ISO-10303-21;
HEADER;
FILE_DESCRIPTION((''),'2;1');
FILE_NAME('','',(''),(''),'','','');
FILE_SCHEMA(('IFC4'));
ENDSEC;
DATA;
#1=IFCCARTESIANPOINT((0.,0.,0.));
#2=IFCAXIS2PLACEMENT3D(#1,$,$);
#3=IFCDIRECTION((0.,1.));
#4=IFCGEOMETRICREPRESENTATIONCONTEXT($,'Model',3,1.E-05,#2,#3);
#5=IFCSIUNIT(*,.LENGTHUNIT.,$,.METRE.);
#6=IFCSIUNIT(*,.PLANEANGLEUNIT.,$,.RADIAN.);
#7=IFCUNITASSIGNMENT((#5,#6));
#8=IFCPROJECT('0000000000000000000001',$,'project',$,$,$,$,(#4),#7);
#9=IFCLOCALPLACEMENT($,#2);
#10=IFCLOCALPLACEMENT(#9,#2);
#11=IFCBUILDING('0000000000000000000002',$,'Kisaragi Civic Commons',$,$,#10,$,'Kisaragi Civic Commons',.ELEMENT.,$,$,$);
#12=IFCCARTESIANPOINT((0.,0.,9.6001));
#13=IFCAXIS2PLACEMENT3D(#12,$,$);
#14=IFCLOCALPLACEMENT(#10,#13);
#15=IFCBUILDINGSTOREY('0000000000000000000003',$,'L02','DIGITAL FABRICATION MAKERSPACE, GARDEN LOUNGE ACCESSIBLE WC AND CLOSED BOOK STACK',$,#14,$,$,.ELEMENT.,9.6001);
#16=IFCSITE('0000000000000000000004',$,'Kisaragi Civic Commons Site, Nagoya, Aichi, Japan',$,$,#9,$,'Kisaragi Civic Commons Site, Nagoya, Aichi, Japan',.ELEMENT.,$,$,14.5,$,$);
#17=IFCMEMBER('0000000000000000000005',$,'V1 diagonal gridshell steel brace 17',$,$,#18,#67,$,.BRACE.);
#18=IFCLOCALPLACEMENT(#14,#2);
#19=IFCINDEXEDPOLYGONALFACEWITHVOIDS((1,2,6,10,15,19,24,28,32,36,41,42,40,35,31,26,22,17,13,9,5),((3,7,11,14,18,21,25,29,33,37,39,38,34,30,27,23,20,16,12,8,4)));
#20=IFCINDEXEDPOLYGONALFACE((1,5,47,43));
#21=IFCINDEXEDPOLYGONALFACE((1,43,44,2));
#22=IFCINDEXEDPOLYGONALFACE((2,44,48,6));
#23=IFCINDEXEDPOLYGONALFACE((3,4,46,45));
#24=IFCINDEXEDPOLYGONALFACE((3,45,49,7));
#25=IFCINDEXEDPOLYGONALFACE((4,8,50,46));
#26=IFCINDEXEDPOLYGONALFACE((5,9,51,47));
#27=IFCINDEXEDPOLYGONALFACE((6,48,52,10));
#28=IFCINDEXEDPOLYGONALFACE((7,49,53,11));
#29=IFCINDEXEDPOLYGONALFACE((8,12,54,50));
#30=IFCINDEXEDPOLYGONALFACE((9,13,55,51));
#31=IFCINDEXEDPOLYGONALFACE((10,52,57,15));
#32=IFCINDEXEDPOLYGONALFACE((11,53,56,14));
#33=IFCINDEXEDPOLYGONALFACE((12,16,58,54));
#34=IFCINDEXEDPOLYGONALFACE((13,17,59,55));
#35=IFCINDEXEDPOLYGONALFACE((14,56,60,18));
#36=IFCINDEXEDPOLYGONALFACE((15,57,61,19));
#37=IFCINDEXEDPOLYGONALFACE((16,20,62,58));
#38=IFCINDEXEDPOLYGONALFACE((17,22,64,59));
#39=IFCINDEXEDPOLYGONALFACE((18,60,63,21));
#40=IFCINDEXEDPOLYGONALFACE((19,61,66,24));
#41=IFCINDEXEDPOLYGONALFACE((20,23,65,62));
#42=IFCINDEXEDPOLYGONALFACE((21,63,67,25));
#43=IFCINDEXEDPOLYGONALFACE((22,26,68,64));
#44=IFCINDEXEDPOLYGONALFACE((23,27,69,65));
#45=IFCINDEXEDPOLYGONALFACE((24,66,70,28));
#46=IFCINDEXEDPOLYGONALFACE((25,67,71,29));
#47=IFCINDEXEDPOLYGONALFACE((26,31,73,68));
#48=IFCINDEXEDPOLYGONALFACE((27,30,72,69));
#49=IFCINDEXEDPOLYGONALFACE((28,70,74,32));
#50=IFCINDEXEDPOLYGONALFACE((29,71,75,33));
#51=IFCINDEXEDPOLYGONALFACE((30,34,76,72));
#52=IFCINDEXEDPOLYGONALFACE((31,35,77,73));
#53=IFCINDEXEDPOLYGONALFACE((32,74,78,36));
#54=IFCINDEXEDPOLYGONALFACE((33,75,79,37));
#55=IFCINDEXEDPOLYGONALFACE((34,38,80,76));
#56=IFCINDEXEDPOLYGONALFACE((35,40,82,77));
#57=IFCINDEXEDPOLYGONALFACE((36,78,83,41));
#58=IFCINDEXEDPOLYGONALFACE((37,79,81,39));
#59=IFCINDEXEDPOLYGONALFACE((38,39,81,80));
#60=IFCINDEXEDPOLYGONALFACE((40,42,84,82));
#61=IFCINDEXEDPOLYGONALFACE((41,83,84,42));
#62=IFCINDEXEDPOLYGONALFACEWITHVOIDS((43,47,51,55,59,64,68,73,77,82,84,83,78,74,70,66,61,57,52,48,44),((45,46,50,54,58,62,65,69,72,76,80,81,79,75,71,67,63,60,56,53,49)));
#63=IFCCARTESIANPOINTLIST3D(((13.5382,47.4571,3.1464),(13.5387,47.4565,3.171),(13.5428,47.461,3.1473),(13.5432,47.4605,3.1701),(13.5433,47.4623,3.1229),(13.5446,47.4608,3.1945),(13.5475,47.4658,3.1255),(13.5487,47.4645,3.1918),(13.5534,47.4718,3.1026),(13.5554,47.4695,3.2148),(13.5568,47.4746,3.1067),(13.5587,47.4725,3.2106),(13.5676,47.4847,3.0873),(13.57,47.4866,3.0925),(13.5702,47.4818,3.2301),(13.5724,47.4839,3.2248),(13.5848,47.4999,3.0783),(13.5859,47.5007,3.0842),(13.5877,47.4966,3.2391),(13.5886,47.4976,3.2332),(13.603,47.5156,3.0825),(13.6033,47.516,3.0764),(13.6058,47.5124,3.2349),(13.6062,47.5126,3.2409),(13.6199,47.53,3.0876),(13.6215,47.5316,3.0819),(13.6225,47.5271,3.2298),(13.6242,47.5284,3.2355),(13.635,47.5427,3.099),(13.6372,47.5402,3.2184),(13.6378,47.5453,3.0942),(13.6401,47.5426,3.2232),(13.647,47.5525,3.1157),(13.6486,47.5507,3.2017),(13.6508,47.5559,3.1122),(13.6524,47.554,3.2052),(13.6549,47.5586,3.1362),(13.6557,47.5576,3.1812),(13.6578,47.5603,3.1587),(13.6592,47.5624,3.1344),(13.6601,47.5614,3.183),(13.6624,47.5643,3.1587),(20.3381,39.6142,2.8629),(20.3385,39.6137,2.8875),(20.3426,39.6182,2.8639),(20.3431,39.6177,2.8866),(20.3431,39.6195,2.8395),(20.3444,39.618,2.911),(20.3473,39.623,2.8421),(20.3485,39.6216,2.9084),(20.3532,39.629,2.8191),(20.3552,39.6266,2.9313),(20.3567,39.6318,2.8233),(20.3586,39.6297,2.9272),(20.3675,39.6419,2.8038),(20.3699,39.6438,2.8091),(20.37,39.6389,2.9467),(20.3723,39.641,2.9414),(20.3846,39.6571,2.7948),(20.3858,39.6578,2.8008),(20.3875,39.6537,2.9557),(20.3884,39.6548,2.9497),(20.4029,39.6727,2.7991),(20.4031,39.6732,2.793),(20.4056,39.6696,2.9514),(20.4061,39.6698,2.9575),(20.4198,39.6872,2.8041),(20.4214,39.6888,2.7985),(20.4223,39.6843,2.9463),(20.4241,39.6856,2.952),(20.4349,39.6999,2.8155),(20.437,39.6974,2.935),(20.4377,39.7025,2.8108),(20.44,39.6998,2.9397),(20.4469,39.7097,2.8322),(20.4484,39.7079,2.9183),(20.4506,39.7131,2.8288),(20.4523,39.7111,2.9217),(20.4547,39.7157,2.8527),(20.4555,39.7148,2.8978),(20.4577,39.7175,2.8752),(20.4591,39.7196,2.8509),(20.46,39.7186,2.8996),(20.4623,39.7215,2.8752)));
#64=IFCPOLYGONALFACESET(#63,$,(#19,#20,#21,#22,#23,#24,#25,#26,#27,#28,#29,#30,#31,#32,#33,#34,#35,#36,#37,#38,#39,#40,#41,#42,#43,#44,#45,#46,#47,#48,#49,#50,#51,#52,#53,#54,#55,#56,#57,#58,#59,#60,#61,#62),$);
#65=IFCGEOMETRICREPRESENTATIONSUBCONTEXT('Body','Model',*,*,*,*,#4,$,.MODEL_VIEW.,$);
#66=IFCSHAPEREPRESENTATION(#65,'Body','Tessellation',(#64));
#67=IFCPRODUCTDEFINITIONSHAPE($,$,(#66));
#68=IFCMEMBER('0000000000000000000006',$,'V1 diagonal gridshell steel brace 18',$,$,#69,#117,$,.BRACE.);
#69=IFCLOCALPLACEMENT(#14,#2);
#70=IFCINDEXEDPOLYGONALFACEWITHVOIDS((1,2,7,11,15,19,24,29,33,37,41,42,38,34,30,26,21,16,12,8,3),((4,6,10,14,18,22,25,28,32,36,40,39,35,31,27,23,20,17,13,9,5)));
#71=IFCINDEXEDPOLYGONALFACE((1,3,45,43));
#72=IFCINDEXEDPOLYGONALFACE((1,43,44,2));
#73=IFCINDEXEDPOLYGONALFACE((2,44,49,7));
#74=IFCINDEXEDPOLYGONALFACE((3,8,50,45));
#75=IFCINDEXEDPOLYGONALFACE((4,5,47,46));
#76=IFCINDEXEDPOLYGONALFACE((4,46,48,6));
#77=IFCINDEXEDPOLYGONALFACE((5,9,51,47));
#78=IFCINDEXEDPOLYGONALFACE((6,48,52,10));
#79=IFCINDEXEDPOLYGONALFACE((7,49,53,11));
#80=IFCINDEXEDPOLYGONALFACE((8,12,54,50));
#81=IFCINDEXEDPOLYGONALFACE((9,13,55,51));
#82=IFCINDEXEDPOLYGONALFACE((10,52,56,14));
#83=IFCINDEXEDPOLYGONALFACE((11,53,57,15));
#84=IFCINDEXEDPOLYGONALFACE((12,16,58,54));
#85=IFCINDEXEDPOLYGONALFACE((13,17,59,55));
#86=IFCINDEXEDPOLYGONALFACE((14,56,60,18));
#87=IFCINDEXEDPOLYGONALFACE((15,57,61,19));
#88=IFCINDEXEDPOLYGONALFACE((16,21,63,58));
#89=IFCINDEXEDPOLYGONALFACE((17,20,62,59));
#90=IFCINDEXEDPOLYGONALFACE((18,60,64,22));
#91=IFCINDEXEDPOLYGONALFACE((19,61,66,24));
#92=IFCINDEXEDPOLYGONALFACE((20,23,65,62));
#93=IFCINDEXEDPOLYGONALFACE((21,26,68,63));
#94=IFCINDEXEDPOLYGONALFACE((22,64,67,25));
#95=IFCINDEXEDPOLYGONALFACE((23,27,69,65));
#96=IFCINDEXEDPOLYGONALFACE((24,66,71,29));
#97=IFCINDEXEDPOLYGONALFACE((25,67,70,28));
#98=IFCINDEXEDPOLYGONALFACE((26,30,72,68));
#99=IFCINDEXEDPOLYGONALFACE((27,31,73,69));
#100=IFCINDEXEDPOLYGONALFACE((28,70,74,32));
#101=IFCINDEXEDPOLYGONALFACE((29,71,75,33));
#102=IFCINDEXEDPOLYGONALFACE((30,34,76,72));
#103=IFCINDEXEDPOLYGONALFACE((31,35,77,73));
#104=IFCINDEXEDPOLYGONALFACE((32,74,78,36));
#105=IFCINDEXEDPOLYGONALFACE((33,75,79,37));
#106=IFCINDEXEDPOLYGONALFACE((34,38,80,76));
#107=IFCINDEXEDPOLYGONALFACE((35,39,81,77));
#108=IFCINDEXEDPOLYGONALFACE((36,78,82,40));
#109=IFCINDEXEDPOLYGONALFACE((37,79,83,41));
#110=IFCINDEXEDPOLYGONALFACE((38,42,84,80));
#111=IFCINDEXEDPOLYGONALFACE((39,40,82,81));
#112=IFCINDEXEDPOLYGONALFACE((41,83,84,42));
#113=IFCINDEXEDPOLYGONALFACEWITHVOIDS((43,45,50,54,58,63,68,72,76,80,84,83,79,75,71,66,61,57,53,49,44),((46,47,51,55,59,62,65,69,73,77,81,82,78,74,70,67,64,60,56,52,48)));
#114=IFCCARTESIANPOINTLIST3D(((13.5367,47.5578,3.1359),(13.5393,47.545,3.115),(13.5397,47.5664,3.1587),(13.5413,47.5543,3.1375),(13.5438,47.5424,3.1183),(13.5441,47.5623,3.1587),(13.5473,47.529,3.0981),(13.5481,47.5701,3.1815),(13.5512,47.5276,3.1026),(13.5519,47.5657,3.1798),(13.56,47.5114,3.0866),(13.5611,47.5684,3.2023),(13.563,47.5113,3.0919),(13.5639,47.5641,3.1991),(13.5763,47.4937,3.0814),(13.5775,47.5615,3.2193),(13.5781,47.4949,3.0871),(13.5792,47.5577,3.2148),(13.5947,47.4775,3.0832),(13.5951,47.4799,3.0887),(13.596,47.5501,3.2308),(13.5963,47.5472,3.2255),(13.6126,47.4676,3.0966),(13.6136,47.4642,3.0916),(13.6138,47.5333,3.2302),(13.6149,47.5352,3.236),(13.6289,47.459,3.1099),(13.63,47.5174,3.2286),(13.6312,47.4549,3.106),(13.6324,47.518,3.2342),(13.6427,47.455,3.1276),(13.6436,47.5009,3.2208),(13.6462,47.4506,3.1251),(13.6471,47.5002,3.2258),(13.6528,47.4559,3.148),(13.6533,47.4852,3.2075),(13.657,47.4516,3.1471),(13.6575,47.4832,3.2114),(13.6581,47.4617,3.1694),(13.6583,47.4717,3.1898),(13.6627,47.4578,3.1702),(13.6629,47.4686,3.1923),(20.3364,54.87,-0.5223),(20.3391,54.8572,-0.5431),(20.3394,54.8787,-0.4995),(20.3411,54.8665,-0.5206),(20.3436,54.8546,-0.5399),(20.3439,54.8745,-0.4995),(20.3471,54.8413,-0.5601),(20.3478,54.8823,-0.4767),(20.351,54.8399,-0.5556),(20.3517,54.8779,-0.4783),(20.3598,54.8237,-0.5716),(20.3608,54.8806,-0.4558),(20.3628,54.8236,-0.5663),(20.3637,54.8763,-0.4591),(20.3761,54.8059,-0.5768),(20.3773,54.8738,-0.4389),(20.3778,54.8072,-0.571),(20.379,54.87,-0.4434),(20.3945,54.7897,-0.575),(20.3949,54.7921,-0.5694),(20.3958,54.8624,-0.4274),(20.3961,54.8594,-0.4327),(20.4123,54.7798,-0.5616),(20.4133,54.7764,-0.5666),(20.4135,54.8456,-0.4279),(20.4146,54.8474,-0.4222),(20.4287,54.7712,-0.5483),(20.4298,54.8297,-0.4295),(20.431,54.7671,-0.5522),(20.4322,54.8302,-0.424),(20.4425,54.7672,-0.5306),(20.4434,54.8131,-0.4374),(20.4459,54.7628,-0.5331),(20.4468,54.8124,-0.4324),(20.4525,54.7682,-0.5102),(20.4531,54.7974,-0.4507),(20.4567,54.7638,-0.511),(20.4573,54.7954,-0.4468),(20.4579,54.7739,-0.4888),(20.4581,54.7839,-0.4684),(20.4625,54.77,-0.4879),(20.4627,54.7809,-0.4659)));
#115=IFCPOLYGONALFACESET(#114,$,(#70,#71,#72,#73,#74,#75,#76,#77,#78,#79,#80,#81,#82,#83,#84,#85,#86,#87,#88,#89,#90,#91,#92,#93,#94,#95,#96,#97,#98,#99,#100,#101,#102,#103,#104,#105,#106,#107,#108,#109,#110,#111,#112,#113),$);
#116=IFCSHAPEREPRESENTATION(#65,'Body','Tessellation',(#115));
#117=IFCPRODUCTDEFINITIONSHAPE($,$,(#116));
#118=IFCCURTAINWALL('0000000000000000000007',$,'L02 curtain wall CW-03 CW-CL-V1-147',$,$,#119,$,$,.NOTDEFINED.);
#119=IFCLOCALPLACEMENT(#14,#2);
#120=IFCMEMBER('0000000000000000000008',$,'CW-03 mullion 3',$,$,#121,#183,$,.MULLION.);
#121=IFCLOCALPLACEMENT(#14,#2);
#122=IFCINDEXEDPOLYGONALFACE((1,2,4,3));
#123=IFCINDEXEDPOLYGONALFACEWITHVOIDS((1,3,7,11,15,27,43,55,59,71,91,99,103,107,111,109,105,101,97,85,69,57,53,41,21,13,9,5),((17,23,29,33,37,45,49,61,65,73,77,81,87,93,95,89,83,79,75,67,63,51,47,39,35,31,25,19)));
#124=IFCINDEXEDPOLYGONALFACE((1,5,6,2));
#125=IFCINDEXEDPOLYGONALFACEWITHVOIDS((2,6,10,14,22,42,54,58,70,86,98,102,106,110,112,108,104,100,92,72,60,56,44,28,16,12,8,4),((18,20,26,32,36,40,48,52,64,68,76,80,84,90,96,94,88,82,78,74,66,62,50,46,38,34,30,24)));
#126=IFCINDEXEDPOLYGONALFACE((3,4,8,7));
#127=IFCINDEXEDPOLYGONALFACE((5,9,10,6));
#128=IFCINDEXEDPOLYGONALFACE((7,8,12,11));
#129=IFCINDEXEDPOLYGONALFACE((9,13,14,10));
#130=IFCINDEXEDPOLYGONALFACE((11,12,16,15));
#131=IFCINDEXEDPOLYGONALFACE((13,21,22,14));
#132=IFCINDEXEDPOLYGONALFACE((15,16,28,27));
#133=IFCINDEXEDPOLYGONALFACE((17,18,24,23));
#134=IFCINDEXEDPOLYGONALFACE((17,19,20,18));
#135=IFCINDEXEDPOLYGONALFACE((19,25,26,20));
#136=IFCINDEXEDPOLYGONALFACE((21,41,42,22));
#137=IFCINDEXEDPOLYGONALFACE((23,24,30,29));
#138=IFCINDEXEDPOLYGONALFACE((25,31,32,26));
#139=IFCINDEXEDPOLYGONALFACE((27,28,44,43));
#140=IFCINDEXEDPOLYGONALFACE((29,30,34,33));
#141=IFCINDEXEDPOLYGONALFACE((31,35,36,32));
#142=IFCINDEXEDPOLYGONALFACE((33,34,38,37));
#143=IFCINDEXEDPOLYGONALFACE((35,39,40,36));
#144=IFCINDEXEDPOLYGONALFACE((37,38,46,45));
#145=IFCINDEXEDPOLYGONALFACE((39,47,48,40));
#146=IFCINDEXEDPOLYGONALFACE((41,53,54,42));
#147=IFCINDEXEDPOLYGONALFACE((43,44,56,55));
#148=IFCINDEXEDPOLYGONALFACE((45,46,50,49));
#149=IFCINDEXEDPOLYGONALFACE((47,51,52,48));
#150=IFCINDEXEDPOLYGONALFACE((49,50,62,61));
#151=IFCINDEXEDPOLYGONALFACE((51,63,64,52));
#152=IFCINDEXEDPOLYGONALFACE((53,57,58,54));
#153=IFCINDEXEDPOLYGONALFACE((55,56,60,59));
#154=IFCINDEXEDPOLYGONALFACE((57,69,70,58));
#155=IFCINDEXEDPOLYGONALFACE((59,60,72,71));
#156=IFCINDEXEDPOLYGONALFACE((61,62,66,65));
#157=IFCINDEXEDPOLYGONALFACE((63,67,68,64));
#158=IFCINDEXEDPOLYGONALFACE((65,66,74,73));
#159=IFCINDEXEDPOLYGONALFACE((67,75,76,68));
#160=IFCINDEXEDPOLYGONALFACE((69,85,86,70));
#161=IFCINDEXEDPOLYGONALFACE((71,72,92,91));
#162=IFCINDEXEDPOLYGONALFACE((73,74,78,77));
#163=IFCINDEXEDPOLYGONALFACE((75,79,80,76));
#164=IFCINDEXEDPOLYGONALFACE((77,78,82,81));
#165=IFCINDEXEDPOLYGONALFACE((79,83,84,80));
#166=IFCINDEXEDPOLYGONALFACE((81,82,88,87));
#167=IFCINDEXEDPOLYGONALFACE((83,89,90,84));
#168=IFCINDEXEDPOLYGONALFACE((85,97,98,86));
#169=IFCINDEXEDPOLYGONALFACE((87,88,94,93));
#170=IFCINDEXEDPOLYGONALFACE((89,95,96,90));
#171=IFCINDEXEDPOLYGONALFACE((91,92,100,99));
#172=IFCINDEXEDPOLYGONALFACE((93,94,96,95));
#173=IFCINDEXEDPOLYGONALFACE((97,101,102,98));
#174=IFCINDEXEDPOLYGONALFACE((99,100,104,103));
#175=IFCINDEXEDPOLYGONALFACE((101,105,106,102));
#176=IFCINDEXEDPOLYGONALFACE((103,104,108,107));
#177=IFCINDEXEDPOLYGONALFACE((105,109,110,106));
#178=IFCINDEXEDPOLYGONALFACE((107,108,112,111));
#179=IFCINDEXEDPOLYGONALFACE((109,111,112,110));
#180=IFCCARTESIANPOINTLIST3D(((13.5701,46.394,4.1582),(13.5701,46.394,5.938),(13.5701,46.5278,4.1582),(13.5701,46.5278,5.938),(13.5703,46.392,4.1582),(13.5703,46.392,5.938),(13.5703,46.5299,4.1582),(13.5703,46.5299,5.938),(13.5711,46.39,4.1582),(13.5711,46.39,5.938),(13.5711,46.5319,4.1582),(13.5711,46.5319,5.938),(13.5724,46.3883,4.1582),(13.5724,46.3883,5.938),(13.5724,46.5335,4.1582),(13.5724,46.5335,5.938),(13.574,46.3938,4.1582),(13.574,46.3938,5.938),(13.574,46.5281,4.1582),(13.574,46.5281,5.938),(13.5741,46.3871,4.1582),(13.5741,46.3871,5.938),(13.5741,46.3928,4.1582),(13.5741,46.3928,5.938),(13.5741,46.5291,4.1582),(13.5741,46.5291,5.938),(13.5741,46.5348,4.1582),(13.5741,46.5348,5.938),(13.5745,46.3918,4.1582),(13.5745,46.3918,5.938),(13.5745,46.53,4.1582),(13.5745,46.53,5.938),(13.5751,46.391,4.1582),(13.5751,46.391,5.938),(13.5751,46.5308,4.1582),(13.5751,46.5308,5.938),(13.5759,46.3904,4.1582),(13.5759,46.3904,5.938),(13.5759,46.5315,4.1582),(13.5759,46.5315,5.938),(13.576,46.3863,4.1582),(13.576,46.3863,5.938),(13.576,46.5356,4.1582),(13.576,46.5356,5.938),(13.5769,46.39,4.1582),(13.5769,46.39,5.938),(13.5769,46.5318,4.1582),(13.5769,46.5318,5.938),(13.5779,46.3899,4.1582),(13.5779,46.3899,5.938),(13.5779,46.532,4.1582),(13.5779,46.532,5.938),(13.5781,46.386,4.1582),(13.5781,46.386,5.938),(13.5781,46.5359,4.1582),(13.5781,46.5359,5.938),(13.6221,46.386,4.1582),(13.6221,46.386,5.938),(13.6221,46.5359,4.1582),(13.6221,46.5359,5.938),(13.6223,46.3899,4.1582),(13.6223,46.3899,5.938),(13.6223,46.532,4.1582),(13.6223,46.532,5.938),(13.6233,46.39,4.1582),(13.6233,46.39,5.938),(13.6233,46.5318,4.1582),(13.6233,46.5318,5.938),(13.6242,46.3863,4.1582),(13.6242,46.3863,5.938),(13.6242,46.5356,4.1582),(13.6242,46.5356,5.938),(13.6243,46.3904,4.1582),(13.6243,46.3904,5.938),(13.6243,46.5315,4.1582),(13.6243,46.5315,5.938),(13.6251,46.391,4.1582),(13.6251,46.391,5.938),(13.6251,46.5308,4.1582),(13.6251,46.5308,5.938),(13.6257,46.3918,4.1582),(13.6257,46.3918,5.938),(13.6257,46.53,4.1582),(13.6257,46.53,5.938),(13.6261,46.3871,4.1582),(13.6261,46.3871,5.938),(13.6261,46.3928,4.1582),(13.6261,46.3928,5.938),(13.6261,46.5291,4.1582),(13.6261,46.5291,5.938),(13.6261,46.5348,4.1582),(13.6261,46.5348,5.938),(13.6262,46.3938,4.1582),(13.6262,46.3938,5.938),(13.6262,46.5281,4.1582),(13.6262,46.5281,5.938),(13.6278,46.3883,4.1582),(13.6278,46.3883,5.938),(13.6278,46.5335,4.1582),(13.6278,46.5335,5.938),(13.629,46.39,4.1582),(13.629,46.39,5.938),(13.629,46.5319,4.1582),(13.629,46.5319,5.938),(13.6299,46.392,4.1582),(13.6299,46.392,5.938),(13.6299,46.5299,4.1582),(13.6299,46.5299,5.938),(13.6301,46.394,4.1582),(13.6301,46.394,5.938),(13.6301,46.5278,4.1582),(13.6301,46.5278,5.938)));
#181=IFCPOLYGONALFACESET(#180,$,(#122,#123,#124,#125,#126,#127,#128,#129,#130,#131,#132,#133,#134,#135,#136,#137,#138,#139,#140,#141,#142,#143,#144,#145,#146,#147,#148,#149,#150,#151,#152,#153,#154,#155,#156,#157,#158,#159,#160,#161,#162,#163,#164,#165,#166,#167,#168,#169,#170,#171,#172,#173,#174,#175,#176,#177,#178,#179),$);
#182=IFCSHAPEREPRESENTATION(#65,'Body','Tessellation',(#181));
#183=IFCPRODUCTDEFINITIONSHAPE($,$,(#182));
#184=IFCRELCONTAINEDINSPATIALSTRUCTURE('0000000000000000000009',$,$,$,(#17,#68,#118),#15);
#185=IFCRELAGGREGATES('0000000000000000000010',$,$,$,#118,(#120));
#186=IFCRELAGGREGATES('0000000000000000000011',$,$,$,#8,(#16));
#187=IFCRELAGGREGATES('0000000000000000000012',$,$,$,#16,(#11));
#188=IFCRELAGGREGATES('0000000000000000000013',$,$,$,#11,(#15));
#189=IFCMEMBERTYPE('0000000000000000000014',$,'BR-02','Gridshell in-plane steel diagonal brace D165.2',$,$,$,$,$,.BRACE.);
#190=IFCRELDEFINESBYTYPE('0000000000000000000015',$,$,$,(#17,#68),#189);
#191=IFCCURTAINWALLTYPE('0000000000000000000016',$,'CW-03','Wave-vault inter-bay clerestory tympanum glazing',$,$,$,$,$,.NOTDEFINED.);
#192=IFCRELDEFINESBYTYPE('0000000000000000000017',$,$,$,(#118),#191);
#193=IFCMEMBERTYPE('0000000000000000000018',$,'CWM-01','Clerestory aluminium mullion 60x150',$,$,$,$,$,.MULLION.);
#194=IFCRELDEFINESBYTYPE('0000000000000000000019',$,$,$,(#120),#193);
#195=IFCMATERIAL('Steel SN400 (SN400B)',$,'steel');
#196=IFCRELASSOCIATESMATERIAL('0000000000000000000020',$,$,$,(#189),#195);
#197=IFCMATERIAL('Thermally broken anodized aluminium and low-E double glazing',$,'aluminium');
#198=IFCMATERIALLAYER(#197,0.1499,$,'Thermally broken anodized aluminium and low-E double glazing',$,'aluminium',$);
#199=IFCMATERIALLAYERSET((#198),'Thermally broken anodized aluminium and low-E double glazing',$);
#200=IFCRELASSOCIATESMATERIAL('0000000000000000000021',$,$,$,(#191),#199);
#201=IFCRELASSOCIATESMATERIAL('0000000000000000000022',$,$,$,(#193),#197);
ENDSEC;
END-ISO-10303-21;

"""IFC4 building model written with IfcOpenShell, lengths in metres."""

from ifc_helpers import new_model, si_unit, direction, frame, origin, origin_2d, place, context, subcontext, project, spatial, hollow_rectangle, hollow_circle, extrude, material, layer, layer_set, material_profile, profile_set, type_object, element, aggregate, save


model = new_model("IFC4")

# Units and contexts
model_context = context("Model", 3, precision=1e-05, world=origin(), true_north=direction((0.0, 1.0)))
body_context = subcontext(model_context, "Body", "Model", "MODEL_VIEW")
ifc_project = project(units=[si_unit("LENGTHUNIT", "METRE"), si_unit("PLANEANGLEUNIT", "RADIAN")], contexts=[model_context])

# Site, building, storey
site_placement = place(None, origin())
site = spatial("IfcSite", under=ifc_project, at=site_placement, Name="Kisaragi Civic Commons Site, Nagoya, Aichi, Japan", LongName="Kisaragi Civic Commons Site, Nagoya, Aichi, Japan", CompositionType="ELEMENT", RefElevation=14.5)
building_placement = place(site_placement, origin())
building = spatial("IfcBuilding", under=site, at=building_placement, Name="Kisaragi Civic Commons", LongName="Kisaragi Civic Commons", CompositionType="ELEMENT")
storey_placement = place(building_placement, frame((0.0, 0.0, 9.6001)))
storey = spatial("IfcBuildingStorey", under=building, at=storey_placement, Name="L02", Description="DIGITAL FABRICATION MAKERSPACE, GARDEN LOUNGE ACCESSIBLE WC AND CLOSED BOOK STACK", CompositionType="ELEMENT", Elevation=9.6001)

# Members
ifc_material_1 = material(Name="Steel SN400 (SN400B)", Category="steel")
ifc_material_profile_1 = material_profile(ifc_material_1, hollow_circle(Radius=0.0825, WallThickness=0.0061, at=origin_2d()), Name="CHS-165.2x6.0", Category="steel")
ifc_profile_set_1 = profile_set([ifc_material_profile_1], Name="Steel SN400 (SN400B)")
member_type_1 = type_object("IfcMemberType", Name="BR-02", Description="Gridshell in-plane steel diagonal brace D165.2", PredefinedType="BRACE", material=ifc_profile_set_1)
member_1_placement = place(storey_placement, frame((13.6001, 47.5103, 3.1587), z_axis=(0.654837, -0.755277, -0.027297), x_axis=(0.755559, 0.655081, 0.0)))
element("IfcMember", 1, at=member_1_placement, inside=storey, type_object=member_type_1, Name="V1 diagonal gridshell steel brace 17", PredefinedType="BRACE", context=body_context, shape_type="SweptSolid", body=[
    extrude(hollow_circle(Radius=0.0825, WallThickness=0.0061, at=origin_2d()), origin(), (0.0, 0.0, 1.0), 10.384),
])
member_2_placement = place(storey_placement, frame((13.6001, 47.5103, 3.1587), z_axis=(0.63942, 0.687609, -0.344), x_axis=(-0.732301, 0.680981, 0.0)))
element("IfcMember", 2, at=member_2_placement, inside=storey, type_object=member_type_1, Name="V1 diagonal gridshell steel brace 18", PredefinedType="BRACE", context=body_context, shape_type="SweptSolid", body=[
    extrude(hollow_circle(Radius=0.0825, WallThickness=0.0061, at=origin_2d()), origin(), (0.0, 0.0, 1.0), 10.6343),
])

# Curtain wall, member
ifc_material_2 = material(Name="Thermally broken anodized aluminium and low-E double glazing", Category="aluminium")
ifc_layer_1 = layer(ifc_material_2, 0.1499, Name="Thermally broken anodized aluminium and low-E double glazing", Category="aluminium")
ifc_layer_set_1 = layer_set([ifc_layer_1], Name="Thermally broken anodized aluminium and low-E double glazing")
curtain_wall_type = type_object("IfcCurtainWallType", Name="CW-03", Description="Wave-vault inter-bay clerestory tympanum glazing", PredefinedType="NOTDEFINED", material=ifc_layer_set_1)
curtain_wall_1_placement = place(storey_placement, origin())
curtain_wall_1 = element("IfcCurtainWall", 3, at=curtain_wall_1_placement, inside=storey, type_object=curtain_wall_type, Name="L02 curtain wall CW-03 CW-CL-V1-147", PredefinedType="NOTDEFINED")
ifc_material_profile_2 = material_profile(ifc_material_2, hollow_rectangle(XDim=0.0601, YDim=0.1499, WallThickness=0.0039, InnerFilletRadius=0.0039, OuterFilletRadius=0.0081, at=origin_2d()), Name="CWM-60x150x4", Category="aluminium")
ifc_profile_set_2 = profile_set([ifc_material_profile_2], Name="Thermally broken anodized aluminium and low-E double glazing")
member_type_2 = type_object("IfcMemberType", Name="CWM-01", Description="Clerestory aluminium mullion 60x150", PredefinedType="MULLION", material=ifc_profile_set_2)
member_3_placement = place(storey_placement, frame((13.6001, 46.4609, 4.1582), z_axis=(0.0, 0.0, 1.0), x_axis=(-1.0, 0.0, 0.0)))
member_3 = element("IfcMember", 4, at=member_3_placement, type_object=member_type_2, Name="CW-03 mullion 3", PredefinedType="MULLION", context=body_context, shape_type="SweptSolid", body=[
    extrude(hollow_rectangle(XDim=0.0601, YDim=0.1499, WallThickness=0.0039, InnerFilletRadius=0.0039, OuterFilletRadius=0.0081, at=origin_2d()), origin(), (0.0, 0.0, 1.0), 1.7798),
])

aggregate(curtain_wall_1, [member_3])

save(model, "model.ifc")
